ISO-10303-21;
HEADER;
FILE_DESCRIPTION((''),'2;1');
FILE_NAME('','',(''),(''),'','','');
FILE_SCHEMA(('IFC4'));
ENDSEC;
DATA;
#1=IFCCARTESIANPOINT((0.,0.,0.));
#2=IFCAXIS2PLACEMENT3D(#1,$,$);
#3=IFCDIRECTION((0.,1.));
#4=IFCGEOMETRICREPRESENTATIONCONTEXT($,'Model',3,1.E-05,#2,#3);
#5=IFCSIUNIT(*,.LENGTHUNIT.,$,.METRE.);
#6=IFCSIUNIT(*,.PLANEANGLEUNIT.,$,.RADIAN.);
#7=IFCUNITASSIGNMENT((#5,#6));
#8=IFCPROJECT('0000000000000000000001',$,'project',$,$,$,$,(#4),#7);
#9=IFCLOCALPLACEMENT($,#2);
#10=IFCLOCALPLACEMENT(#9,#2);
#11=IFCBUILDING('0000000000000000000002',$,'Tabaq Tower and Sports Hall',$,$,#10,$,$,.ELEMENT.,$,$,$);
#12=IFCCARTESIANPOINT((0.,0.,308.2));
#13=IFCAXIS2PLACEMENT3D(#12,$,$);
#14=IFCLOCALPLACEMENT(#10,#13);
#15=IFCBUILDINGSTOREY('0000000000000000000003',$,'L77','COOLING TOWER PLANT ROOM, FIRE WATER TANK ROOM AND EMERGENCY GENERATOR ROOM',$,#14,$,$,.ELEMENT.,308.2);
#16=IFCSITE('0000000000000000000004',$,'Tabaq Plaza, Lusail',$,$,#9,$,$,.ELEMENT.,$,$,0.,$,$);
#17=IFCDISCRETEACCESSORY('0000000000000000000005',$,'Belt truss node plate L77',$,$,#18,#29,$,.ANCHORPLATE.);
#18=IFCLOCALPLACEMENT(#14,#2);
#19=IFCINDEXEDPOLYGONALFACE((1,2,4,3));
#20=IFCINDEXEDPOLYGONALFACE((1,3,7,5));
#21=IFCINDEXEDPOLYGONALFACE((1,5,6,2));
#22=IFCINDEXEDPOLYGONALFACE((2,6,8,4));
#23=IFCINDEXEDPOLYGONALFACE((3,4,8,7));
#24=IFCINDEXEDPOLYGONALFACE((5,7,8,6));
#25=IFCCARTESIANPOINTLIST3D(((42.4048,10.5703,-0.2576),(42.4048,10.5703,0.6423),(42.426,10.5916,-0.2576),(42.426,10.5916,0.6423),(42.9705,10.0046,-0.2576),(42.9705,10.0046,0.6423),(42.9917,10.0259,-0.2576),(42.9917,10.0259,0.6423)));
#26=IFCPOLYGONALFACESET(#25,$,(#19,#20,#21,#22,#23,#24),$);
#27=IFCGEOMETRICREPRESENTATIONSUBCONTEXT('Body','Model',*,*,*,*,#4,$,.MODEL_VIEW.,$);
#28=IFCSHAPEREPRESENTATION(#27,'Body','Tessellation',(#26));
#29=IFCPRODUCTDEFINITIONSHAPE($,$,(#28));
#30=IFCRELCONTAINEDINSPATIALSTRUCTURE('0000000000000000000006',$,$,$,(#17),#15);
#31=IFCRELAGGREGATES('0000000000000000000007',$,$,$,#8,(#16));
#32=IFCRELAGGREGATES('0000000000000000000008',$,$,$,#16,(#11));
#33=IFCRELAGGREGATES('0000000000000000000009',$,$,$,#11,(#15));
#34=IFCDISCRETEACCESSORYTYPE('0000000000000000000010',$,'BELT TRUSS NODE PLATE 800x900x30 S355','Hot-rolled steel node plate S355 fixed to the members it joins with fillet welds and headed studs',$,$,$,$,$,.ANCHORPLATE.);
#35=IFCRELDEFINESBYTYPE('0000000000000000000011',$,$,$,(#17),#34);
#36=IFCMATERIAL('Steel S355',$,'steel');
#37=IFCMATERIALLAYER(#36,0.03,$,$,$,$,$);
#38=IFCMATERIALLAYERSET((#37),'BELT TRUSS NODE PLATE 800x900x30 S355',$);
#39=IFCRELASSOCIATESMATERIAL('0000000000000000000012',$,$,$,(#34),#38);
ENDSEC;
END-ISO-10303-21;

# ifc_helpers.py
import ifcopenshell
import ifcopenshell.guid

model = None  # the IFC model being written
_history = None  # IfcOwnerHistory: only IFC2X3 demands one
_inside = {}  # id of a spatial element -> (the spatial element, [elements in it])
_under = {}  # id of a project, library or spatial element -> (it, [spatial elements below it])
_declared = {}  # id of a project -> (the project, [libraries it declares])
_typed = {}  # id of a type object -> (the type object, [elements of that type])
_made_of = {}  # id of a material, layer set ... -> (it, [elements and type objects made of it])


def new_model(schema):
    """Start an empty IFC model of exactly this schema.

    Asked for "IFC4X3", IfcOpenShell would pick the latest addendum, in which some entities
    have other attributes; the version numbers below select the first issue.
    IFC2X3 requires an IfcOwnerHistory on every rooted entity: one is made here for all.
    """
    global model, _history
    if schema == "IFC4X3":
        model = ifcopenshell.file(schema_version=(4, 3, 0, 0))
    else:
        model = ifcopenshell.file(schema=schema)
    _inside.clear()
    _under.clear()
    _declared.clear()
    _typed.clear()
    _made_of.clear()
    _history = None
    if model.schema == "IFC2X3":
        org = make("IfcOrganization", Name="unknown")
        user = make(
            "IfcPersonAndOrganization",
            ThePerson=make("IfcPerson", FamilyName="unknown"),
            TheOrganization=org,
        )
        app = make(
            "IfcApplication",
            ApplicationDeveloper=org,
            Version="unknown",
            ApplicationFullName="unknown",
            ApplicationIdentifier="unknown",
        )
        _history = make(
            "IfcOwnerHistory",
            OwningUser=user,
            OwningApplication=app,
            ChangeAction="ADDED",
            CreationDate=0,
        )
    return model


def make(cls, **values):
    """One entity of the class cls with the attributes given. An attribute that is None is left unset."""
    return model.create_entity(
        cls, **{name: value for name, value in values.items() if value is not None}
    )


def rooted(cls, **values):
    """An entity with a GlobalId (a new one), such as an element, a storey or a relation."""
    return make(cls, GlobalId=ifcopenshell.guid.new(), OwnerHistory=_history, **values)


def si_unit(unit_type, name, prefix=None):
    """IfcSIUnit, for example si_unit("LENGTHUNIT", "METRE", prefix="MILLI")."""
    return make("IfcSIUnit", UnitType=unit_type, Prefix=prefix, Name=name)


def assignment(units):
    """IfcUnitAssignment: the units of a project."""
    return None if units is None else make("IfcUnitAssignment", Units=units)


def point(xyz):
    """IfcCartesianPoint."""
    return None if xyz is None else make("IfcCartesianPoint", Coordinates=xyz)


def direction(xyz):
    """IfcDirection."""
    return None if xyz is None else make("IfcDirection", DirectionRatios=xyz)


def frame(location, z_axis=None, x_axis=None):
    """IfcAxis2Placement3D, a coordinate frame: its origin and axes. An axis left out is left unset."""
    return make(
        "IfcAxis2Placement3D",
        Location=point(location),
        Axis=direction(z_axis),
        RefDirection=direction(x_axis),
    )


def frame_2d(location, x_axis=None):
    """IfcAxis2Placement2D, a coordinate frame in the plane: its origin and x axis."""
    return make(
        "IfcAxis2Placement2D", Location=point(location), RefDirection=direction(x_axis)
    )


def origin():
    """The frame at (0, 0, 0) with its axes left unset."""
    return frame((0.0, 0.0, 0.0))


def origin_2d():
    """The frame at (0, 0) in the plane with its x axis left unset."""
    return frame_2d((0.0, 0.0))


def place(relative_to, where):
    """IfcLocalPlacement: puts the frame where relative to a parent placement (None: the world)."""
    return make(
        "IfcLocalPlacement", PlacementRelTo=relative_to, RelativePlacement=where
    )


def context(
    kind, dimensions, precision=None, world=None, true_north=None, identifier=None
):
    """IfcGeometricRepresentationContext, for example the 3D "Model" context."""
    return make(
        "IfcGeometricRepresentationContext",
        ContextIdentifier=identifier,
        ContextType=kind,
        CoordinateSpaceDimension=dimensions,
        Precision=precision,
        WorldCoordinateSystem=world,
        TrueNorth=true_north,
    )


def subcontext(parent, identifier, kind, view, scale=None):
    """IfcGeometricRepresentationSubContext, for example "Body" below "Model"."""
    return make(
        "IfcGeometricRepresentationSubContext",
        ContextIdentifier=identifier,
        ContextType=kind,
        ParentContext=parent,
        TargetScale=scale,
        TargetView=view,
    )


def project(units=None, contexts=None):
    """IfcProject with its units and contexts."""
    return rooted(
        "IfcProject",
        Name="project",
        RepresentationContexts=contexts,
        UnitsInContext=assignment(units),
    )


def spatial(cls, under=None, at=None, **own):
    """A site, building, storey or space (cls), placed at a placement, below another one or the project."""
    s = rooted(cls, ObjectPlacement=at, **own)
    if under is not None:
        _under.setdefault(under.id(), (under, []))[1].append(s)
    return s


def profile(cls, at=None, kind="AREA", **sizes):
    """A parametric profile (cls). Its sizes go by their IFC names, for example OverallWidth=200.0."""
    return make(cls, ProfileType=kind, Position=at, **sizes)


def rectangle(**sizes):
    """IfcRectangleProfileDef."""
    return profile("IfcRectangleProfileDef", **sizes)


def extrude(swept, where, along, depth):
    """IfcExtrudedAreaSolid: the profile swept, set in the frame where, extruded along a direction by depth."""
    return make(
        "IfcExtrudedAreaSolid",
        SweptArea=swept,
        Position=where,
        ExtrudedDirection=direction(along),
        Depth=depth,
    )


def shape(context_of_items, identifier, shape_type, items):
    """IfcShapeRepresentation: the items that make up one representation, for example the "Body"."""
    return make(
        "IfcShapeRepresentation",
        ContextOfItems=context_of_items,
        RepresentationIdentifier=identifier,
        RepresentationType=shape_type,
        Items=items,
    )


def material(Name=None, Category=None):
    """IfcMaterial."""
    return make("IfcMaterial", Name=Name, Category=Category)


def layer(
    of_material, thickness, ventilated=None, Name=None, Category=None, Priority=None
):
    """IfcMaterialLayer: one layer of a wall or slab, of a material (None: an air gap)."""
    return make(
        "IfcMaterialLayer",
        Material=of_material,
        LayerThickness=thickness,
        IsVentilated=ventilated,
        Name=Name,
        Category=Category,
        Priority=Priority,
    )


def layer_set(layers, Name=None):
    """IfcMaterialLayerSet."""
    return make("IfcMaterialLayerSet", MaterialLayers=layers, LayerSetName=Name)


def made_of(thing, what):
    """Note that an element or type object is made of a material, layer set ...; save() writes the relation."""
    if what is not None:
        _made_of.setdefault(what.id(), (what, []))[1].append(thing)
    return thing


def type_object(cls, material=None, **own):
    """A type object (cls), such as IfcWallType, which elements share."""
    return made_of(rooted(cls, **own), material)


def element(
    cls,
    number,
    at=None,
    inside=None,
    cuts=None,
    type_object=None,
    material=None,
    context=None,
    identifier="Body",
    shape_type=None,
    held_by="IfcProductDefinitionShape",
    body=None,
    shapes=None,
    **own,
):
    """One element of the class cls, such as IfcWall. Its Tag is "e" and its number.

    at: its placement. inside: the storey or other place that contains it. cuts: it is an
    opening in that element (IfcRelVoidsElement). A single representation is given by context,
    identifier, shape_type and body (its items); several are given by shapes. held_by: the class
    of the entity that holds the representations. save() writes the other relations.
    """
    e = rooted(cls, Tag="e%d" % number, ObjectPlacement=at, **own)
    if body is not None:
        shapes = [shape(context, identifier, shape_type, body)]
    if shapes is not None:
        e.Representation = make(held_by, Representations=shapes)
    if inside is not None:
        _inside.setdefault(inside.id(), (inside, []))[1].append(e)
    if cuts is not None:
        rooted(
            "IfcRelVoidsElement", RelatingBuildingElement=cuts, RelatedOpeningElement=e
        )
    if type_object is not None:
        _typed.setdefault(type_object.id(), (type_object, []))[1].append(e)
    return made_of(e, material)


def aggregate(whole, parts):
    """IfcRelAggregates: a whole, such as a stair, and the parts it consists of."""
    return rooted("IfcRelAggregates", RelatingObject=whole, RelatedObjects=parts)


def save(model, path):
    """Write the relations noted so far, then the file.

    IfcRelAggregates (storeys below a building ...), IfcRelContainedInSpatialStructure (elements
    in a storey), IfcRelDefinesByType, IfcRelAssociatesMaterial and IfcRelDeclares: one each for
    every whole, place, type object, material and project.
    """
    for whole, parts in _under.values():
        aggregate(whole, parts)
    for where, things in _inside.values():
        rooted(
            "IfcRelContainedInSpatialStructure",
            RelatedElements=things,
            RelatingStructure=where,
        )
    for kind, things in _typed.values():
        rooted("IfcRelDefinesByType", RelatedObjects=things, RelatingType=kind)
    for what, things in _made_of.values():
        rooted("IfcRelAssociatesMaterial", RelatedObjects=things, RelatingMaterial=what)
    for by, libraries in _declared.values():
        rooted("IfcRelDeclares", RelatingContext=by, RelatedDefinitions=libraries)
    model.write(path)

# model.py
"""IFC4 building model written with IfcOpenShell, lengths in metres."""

from ifc_helpers import new_model, si_unit, direction, frame, origin, origin_2d, place, context, subcontext, project, spatial, rectangle, extrude, material, layer, layer_set, type_object, element, save


model = new_model("IFC4")

# Units and contexts
model_context = context("Model", 3, precision=1e-05, world=origin(), true_north=direction((0.0, 1.0)))
body_context = subcontext(model_context, "Body", "Model", "MODEL_VIEW")
ifc_project = project(units=[si_unit("LENGTHUNIT", "METRE"), si_unit("PLANEANGLEUNIT", "RADIAN")], contexts=[model_context])

# Site, building, storey
site_placement = place(None, origin())
site = spatial("IfcSite", under=ifc_project, at=site_placement, Name="Tabaq Plaza, Lusail", CompositionType="ELEMENT", RefElevation=0.0)
building_placement = place(site_placement, origin())
building = spatial("IfcBuilding", under=site, at=building_placement, Name="Tabaq Tower and Sports Hall", CompositionType="ELEMENT")
storey_placement = place(building_placement, frame((0.0, 0.0, 308.2)))
storey = spatial("IfcBuildingStorey", under=building, at=storey_placement, Name="L77", Description="COOLING TOWER PLANT ROOM, FIRE WATER TANK ROOM AND EMERGENCY GENERATOR ROOM", CompositionType="ELEMENT", Elevation=308.2)

# Discrete accessory
ifc_material_1 = material(Name="Steel S355", Category="steel")
ifc_layer_1 = layer(ifc_material_1, 0.03)
ifc_layer_set_1 = layer_set([ifc_layer_1], Name="BELT TRUSS NODE PLATE 800x900x30 S355")
discrete_accessory_type = type_object("IfcDiscreteAccessoryType", Name="BELT TRUSS NODE PLATE 800x900x30 S355", Description="Hot-rolled steel node plate S355 fixed to the members it joins with fillet welds and headed studs", PredefinedType="ANCHORPLATE", material=ifc_layer_set_1)
discrete_accessory_placement = place(storey_placement, frame((42.6982, 10.2981, -0.2576), z_axis=(0.0, 0.0, 1.0), x_axis=(0.707107, 0.707107, 0.0)))
element("IfcDiscreteAccessory", 1, at=discrete_accessory_placement, inside=storey, type_object=discrete_accessory_type, Name="Belt truss node plate L77", PredefinedType="ANCHORPLATE", context=body_context, shape_type="SweptSolid", body=[
    extrude(rectangle(XDim=0.03, YDim=0.8, at=origin_2d()), origin(), (0.0, 0.0, 1.0), 0.8999),
])

save(model, "model.ifc")
